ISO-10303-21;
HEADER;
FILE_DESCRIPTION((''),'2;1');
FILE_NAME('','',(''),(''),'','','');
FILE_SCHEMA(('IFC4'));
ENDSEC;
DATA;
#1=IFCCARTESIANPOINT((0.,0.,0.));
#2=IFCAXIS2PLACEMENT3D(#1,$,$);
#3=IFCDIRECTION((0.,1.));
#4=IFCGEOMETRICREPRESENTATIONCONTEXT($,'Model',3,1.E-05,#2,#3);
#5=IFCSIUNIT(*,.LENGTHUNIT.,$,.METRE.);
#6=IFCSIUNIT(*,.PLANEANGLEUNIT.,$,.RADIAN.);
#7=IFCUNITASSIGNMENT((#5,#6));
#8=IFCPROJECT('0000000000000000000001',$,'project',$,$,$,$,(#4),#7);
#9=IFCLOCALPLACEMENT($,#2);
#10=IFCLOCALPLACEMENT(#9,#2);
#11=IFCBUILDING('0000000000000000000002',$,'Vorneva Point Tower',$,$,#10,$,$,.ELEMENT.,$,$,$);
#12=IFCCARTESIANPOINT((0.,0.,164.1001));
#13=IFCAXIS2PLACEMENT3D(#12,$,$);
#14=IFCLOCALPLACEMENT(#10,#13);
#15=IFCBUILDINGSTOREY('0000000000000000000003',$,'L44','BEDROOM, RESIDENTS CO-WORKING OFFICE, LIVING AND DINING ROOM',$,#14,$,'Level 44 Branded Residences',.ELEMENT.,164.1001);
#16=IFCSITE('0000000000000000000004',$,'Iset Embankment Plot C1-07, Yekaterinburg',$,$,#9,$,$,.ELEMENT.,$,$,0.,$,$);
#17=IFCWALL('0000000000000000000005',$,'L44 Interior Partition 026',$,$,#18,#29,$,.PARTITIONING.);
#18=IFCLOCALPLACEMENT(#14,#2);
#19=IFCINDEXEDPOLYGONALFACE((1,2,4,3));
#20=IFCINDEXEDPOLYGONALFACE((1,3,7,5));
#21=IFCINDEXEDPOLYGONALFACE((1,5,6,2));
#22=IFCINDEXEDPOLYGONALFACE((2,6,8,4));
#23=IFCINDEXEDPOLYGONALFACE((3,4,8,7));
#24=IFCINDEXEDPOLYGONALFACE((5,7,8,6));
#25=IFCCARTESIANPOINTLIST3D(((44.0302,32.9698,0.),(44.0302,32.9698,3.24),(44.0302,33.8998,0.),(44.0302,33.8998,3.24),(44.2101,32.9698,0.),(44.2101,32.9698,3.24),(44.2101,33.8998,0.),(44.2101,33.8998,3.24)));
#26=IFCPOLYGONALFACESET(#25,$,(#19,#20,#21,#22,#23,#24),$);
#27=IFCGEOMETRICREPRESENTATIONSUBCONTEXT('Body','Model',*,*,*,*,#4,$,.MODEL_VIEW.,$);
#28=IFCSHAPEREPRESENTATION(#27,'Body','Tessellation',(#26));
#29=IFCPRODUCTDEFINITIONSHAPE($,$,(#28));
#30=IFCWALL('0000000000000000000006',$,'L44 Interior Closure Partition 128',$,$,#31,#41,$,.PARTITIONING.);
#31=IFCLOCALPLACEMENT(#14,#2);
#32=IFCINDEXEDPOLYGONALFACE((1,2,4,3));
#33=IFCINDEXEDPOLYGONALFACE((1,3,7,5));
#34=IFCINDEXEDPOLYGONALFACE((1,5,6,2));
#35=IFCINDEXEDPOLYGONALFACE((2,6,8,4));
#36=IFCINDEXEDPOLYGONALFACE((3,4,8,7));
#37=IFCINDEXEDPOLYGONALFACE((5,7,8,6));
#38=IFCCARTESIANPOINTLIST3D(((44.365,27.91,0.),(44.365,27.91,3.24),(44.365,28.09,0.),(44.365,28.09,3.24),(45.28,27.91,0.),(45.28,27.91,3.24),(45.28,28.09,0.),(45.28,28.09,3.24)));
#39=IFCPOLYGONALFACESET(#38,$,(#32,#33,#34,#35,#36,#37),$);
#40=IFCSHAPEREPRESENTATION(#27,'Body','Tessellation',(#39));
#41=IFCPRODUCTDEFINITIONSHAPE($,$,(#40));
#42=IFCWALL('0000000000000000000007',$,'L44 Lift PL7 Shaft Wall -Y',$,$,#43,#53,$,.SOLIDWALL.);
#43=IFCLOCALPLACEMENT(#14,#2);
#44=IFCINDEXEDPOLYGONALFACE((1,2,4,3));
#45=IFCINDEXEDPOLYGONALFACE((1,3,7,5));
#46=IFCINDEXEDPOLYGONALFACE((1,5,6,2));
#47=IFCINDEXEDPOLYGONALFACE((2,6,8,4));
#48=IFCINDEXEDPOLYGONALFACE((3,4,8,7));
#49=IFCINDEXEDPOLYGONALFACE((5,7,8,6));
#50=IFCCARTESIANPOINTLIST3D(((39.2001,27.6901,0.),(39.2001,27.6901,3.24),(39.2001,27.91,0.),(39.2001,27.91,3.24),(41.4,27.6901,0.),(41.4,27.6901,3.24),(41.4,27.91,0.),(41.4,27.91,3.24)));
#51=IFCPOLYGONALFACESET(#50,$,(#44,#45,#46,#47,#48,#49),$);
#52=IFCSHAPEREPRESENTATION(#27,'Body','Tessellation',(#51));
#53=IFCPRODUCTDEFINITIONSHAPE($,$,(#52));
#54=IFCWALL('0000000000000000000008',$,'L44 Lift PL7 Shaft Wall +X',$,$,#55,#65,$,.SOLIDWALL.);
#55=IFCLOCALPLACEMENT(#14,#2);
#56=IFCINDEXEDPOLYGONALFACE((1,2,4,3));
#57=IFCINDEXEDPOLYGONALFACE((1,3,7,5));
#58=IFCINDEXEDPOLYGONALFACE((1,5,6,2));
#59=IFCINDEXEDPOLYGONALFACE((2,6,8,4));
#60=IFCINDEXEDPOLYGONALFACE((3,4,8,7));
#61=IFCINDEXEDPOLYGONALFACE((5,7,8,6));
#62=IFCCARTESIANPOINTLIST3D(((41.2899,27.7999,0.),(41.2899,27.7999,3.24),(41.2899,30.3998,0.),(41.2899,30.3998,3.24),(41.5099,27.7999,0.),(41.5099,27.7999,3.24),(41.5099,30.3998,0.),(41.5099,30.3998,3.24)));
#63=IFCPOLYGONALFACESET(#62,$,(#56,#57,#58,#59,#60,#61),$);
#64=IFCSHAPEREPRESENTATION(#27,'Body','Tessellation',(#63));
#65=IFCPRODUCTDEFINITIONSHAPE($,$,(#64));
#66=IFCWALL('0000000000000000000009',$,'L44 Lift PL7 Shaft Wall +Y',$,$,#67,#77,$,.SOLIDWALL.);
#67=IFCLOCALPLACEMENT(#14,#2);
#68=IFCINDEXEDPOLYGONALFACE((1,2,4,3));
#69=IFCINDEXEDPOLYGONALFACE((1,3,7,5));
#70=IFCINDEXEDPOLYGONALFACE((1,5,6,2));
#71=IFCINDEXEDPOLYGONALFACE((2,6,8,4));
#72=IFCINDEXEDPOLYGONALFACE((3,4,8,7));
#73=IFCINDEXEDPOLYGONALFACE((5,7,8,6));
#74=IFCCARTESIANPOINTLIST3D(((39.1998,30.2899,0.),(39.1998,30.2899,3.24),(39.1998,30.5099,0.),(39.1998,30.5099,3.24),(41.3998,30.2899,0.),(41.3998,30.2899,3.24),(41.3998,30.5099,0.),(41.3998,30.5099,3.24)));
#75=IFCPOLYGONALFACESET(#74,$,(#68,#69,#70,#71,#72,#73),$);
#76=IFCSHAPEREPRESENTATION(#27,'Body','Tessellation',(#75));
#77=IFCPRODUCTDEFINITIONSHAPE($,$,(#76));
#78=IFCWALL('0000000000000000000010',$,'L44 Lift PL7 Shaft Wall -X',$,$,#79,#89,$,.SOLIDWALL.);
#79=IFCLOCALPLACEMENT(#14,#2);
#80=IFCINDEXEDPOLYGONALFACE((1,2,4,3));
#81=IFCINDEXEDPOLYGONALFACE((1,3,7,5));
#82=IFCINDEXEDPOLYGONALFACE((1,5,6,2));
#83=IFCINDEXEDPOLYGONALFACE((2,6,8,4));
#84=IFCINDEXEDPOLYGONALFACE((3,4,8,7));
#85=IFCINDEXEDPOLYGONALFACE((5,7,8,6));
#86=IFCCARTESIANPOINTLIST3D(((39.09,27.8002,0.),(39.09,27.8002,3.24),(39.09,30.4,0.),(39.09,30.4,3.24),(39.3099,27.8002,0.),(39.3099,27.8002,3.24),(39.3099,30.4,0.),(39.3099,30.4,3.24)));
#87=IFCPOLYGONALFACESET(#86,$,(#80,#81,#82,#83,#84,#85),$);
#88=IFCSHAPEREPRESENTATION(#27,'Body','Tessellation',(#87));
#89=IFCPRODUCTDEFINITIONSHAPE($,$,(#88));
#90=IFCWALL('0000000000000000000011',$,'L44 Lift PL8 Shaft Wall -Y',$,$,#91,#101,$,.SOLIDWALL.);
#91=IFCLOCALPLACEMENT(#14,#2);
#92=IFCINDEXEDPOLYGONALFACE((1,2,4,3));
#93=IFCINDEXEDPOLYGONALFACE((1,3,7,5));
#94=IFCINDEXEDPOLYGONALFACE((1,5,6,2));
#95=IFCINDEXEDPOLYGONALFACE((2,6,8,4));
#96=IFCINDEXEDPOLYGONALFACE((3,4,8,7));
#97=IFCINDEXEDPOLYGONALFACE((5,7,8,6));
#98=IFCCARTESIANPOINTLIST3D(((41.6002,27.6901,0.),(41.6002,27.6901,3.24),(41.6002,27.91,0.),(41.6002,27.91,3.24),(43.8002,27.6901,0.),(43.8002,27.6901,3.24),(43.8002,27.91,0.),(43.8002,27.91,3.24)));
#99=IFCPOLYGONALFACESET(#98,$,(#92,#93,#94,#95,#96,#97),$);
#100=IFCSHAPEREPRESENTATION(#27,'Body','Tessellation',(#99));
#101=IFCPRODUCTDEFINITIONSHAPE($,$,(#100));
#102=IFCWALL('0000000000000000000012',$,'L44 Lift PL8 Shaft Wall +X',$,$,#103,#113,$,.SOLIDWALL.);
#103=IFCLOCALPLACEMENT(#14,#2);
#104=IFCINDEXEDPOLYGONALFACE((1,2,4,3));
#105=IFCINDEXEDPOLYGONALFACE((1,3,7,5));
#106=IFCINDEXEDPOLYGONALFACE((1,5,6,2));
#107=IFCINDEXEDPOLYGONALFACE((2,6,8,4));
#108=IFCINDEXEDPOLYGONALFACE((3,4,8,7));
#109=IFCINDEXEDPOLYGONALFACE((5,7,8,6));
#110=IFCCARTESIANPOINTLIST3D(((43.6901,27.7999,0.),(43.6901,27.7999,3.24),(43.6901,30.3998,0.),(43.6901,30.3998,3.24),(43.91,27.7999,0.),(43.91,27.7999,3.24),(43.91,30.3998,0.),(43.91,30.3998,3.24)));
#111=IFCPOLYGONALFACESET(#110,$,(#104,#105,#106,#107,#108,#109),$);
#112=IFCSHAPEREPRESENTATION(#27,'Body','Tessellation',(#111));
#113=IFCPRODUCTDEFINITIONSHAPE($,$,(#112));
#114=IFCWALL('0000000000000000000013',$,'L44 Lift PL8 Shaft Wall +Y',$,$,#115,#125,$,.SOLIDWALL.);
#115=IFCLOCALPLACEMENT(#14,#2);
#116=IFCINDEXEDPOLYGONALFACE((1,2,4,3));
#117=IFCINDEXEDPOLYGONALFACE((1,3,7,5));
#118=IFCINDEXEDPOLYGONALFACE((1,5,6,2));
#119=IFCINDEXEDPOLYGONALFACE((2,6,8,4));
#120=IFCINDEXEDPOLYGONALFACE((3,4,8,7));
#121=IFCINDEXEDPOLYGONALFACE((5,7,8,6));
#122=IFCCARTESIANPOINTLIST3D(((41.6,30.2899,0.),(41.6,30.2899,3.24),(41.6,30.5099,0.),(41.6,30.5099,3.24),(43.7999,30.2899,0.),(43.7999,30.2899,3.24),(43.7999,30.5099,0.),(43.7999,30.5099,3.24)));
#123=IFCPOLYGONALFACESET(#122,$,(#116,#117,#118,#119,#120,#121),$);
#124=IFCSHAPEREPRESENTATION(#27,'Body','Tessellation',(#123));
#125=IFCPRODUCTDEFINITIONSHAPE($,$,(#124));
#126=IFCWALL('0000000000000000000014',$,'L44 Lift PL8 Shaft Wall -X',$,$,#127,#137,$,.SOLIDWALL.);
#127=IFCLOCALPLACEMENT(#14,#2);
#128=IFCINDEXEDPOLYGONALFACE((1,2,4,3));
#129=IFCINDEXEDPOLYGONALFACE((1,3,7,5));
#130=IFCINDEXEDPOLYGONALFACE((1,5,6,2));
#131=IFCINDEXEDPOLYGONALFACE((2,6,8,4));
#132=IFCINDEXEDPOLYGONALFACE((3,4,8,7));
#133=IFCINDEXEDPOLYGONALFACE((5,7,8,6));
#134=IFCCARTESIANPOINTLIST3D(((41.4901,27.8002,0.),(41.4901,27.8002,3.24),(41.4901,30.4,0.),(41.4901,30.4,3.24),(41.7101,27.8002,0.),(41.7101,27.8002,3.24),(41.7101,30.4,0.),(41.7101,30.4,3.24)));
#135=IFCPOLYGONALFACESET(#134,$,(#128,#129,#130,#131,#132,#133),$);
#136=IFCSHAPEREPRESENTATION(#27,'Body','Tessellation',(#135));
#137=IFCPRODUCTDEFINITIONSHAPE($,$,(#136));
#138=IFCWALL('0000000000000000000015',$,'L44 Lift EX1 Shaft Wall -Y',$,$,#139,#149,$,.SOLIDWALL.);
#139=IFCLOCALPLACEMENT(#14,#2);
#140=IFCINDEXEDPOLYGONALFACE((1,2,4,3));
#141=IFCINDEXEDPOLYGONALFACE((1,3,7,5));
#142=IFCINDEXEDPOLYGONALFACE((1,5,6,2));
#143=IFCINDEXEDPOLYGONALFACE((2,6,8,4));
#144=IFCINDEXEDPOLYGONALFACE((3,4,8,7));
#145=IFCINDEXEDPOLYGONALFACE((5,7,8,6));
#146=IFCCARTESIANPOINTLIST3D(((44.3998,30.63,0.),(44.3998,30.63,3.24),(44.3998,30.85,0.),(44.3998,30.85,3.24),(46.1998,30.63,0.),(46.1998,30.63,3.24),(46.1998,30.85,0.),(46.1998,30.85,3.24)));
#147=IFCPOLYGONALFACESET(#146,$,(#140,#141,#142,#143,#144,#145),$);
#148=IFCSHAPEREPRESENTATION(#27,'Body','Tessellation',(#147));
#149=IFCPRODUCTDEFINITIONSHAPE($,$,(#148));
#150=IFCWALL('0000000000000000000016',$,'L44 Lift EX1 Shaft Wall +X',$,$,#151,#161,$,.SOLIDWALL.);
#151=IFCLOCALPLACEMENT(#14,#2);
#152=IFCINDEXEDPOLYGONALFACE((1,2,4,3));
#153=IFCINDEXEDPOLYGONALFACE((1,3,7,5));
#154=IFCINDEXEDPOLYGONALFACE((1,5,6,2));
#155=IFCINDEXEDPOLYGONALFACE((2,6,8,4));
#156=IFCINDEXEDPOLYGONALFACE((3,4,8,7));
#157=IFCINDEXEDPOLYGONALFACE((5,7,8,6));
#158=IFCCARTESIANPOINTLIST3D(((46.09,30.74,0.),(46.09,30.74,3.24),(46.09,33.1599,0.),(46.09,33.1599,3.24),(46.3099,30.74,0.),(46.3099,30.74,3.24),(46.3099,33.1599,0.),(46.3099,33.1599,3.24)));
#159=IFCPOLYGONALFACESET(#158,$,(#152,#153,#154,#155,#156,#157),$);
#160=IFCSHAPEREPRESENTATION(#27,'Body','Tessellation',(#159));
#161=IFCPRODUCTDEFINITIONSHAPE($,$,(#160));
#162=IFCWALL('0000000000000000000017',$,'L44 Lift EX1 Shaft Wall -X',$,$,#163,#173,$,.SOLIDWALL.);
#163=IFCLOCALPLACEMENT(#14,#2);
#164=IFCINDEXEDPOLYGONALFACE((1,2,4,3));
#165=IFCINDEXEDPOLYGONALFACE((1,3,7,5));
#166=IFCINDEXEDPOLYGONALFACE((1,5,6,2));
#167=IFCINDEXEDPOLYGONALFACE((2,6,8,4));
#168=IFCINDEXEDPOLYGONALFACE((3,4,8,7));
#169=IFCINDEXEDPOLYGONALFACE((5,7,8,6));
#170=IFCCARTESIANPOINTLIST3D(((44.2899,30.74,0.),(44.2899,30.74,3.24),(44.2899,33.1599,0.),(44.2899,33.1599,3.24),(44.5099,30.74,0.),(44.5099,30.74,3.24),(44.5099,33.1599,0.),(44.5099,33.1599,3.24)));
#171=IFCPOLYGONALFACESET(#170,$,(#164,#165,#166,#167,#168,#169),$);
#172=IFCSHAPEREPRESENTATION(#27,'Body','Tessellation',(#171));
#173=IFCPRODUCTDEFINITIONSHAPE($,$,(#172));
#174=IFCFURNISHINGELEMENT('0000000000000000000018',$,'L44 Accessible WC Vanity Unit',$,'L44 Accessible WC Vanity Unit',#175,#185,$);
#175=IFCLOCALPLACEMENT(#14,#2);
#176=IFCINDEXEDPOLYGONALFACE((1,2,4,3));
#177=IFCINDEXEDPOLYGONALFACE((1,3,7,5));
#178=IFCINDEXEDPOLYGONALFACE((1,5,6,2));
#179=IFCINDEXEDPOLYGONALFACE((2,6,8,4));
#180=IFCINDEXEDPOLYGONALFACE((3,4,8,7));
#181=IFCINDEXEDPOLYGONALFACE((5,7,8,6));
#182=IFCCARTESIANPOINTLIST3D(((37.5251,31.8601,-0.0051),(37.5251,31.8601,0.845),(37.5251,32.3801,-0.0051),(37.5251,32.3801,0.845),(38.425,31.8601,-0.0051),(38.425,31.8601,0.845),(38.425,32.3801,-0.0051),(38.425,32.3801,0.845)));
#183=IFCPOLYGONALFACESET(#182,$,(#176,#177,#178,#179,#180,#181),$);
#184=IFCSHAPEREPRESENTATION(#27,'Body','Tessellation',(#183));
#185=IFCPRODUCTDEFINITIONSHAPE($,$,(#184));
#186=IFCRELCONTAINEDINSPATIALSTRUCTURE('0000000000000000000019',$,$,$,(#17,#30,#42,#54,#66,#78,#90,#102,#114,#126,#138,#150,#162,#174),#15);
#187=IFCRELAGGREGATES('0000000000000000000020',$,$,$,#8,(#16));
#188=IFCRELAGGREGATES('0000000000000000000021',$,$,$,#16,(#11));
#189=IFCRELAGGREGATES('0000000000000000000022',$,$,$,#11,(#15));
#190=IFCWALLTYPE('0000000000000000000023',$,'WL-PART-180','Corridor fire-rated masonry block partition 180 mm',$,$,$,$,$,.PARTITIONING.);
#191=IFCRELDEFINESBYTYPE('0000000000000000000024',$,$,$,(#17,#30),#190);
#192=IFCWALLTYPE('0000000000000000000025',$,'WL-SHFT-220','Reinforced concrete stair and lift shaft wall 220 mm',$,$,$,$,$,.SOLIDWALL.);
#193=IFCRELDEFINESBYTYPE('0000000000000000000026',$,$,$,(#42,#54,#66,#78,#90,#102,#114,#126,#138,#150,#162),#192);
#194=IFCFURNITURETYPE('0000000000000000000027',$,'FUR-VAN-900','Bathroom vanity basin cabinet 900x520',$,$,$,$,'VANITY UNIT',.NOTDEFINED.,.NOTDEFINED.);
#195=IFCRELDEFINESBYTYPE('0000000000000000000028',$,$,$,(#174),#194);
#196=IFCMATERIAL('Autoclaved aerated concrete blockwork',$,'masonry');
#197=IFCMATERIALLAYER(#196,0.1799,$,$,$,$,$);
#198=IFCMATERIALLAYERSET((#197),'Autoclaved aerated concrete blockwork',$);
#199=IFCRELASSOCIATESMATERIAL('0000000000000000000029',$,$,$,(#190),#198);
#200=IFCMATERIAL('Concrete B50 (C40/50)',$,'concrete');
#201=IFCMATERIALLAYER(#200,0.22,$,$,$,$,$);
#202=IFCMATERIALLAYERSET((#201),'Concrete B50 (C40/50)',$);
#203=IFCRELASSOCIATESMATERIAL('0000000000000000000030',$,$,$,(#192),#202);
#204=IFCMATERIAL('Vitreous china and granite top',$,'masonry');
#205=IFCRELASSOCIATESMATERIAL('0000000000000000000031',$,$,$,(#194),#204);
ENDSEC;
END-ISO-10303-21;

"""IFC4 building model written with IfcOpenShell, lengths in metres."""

from ifc_helpers import new_model, si_unit, direction, frame, frame_2d, origin, origin_2d, place, context, subcontext, project, spatial, rectangle, extrude, material, layer, layer_set, type_object, element, save


model = new_model("IFC4")

# Units and contexts
model_context = context("Model", 3, precision=1e-05, world=origin(), true_north=direction((0.0, 1.0)))
body_context = subcontext(model_context, "Body", "Model", "MODEL_VIEW")
ifc_project = project(units=[si_unit("LENGTHUNIT", "METRE"), si_unit("PLANEANGLEUNIT", "RADIAN")], contexts=[model_context])

# Site, building, storey
site_placement = place(None, origin())
site = spatial("IfcSite", under=ifc_project, at=site_placement, Name="Iset Embankment Plot C1-07, Yekaterinburg", CompositionType="ELEMENT", RefElevation=0.0)
building_placement = place(site_placement, origin())
building = spatial("IfcBuilding", under=site, at=building_placement, Name="Vorneva Point Tower", CompositionType="ELEMENT")
storey_placement = place(building_placement, frame((0.0, 0.0, 164.1001)))
storey = spatial("IfcBuildingStorey", under=building, at=storey_placement, Name="L44", Description="BEDROOM, RESIDENTS CO-WORKING OFFICE, LIVING AND DINING ROOM", LongName="Level 44 Branded Residences", CompositionType="ELEMENT", Elevation=164.1001)

# Shared definitions
ifc_material_1 = material(Name="Autoclaved aerated concrete blockwork", Category="masonry")
ifc_layer_1 = layer(ifc_material_1, 0.1799)
ifc_layer_set_1 = layer_set([ifc_layer_1], Name="Autoclaved aerated concrete blockwork")
wall_type_1 = type_object("IfcWallType", Name="WL-PART-180", Description="Corridor fire-rated masonry block partition 180 mm", PredefinedType="PARTITIONING", material=ifc_layer_set_1)

# Walls
wall_1_placement = place(storey_placement, frame((44.1201, 32.97, 0.0), z_axis=(0.0, 0.0, 1.0), x_axis=(0.0, 1.0, 0.0)))
element("IfcWall", 1, at=wall_1_placement, inside=storey, type_object=wall_type_1, Name="L44 Interior Partition 026", PredefinedType="PARTITIONING", context=body_context, shape_type="SweptSolid", body=[
    extrude(rectangle(XDim=0.9299, YDim=0.1799, at=frame_2d((0.4648, 0.0))), origin(), (0.0, 0.0, 1.0), 3.24),
])
wall_2_placement = place(storey_placement, frame((45.28, 28.0, 0.0), z_axis=(0.0, 0.0, 1.0), x_axis=(-1.0, 0.0, 0.0)))
element("IfcWall", 2, at=wall_2_placement, inside=storey, type_object=wall_type_1, Name="L44 Interior Closure Partition 128", PredefinedType="PARTITIONING", context=body_context, shape_type="SweptSolid", body=[
    extrude(rectangle(XDim=0.915, YDim=0.1799, at=frame_2d((0.4575, 0.0))), origin(), (0.0, 0.0, 1.0), 3.24),
])
ifc_material_2 = material(Name="Concrete B50 (C40/50)", Category="concrete")
ifc_layer_2 = layer(ifc_material_2, 0.22)
ifc_layer_set_2 = layer_set([ifc_layer_2], Name="Concrete B50 (C40/50)")
wall_type_2 = type_object("IfcWallType", Name="WL-SHFT-220", Description="Reinforced concrete stair and lift shaft wall 220 mm", PredefinedType="SOLIDWALL", material=ifc_layer_set_2)
wall_3_placement = place(storey_placement, frame((39.2, 27.8, 0.0), z_axis=(0.0, 0.0, 1.0), x_axis=(1.0, 0.0, 0.0)))
element("IfcWall", 3, at=wall_3_placement, inside=storey, type_object=wall_type_2, Name="L44 Lift PL7 Shaft Wall -Y", PredefinedType="SOLIDWALL", context=body_context, shape_type="SweptSolid", body=[
    extrude(rectangle(XDim=2.2, YDim=0.22, at=frame_2d((1.1001, 0.0))), origin(), (0.0, 0.0, 1.0), 3.24),
])
wall_4_placement = place(storey_placement, frame((41.3999, 27.8, 0.0), z_axis=(0.0, 0.0, 1.0), x_axis=(0.0, 1.0, 0.0)))
element("IfcWall", 4, at=wall_4_placement, inside=storey, type_object=wall_type_2, Name="L44 Lift PL7 Shaft Wall +X", PredefinedType="SOLIDWALL", context=body_context, shape_type="SweptSolid", body=[
    extrude(rectangle(XDim=2.5999, YDim=0.22, at=frame_2d((1.2998, 0.0))), origin(), (0.0, 0.0, 1.0), 3.24),
])
wall_5_placement = place(storey_placement, frame((41.3999, 30.3999, 0.0), z_axis=(0.0, 0.0, 1.0), x_axis=(-1.0, 0.0, 0.0)))
element("IfcWall", 5, at=wall_5_placement, inside=storey, type_object=wall_type_2, Name="L44 Lift PL7 Shaft Wall +Y", PredefinedType="SOLIDWALL", context=body_context, shape_type="SweptSolid", body=[
    extrude(rectangle(XDim=2.2, YDim=0.22, at=frame_2d((1.1001, 0.0))), origin(), (0.0, 0.0, 1.0), 3.24),
])
wall_6_placement = place(storey_placement, frame((39.2, 30.3999, 0.0), z_axis=(0.0, 0.0, 1.0), x_axis=(0.0, -1.0, 0.0)))
element("IfcWall", 6, at=wall_6_placement, inside=storey, type_object=wall_type_2, Name="L44 Lift PL7 Shaft Wall -X", PredefinedType="SOLIDWALL", context=body_context, shape_type="SweptSolid", body=[
    extrude(rectangle(XDim=2.5999, YDim=0.22, at=frame_2d((1.2998, 0.0))), origin(), (0.0, 0.0, 1.0), 3.24),
])
wall_7_placement = place(storey_placement, frame((41.6001, 27.8, 0.0), z_axis=(0.0, 0.0, 1.0), x_axis=(1.0, 0.0, 0.0)))
element("IfcWall", 7, at=wall_7_placement, inside=storey, type_object=wall_type_2, Name="L44 Lift PL8 Shaft Wall -Y", PredefinedType="SOLIDWALL", context=body_context, shape_type="SweptSolid", body=[
    extrude(rectangle(XDim=2.2, YDim=0.22, at=frame_2d((1.1001, 0.0))), origin(), (0.0, 0.0, 1.0), 3.24),
])
wall_8_placement = place(storey_placement, frame((43.8, 27.8, 0.0), z_axis=(0.0, 0.0, 1.0), x_axis=(0.0, 1.0, 0.0)))
element("IfcWall", 8, at=wall_8_placement, inside=storey, type_object=wall_type_2, Name="L44 Lift PL8 Shaft Wall +X", PredefinedType="SOLIDWALL", context=body_context, shape_type="SweptSolid", body=[
    extrude(rectangle(XDim=2.5999, YDim=0.22, at=frame_2d((1.2998, 0.0))), origin(), (0.0, 0.0, 1.0), 3.24),
])
wall_9_placement = place(storey_placement, frame((43.8, 30.3999, 0.0), z_axis=(0.0, 0.0, 1.0), x_axis=(-1.0, 0.0, 0.0)))
element("IfcWall", 9, at=wall_9_placement, inside=storey, type_object=wall_type_2, Name="L44 Lift PL8 Shaft Wall +Y", PredefinedType="SOLIDWALL", context=body_context, shape_type="SweptSolid", body=[
    extrude(rectangle(XDim=2.2, YDim=0.22, at=frame_2d((1.1001, 0.0))), origin(), (0.0, 0.0, 1.0), 3.24),
])
wall_10_placement = place(storey_placement, frame((41.6001, 30.3999, 0.0), z_axis=(0.0, 0.0, 1.0), x_axis=(0.0, -1.0, 0.0)))
element("IfcWall", 10, at=wall_10_placement, inside=storey, type_object=wall_type_2, Name="L44 Lift PL8 Shaft Wall -X", PredefinedType="SOLIDWALL", context=body_context, shape_type="SweptSolid", body=[
    extrude(rectangle(XDim=2.5999, YDim=0.22, at=frame_2d((1.2998, 0.0))), origin(), (0.0, 0.0, 1.0), 3.24),
])
wall_11_placement = place(storey_placement, frame((44.3999, 30.74, 0.0), z_axis=(0.0, 0.0, 1.0), x_axis=(1.0, 0.0, 0.0)))
element("IfcWall", 11, at=wall_11_placement, inside=storey, type_object=wall_type_2, Name="L44 Lift EX1 Shaft Wall -Y", PredefinedType="SOLIDWALL", context=body_context, shape_type="SweptSolid", body=[
    extrude(rectangle(XDim=1.8, YDim=0.22, at=frame_2d((0.8999, 0.0))), origin(), (0.0, 0.0, 1.0), 3.24),
])
for number, where, z_axis, x_axis, name in (
    (12, (46.2, 30.74, 0.0), (0.0, 0.0, 1.0), (0.0, 1.0, 0.0), "L44 Lift EX1 Shaft Wall +X"),
    (13, (44.3999, 33.1599, 0.0), (0.0, 0.0, 1.0), (0.0, -1.0, 0.0), "L44 Lift EX1 Shaft Wall -X"),
):
    element("IfcWall", number, at=place(storey_placement, frame(where, z_axis=z_axis, x_axis=x_axis)), inside=storey, type_object=wall_type_2, Name=name, PredefinedType="SOLIDWALL", context=body_context, shape_type="SweptSolid", body=[
        extrude(rectangle(XDim=2.4199, YDim=0.22, at=frame_2d((1.21, 0.0))), origin(), (0.0, 0.0, 1.0), 3.24),
    ])

# Furnishing element
ifc_material_3 = material(Name="Vitreous china and granite top", Category="masonry")
furniture_type = type_object("IfcFurnitureType", Name="FUR-VAN-900", Description="Bathroom vanity basin cabinet 900x520", ElementType="VANITY UNIT", AssemblyPlace="NOTDEFINED", PredefinedType="NOTDEFINED", material=ifc_material_3)
furnishing_placement = place(storey_placement, frame((37.9751, 32.1201, -0.0051), z_axis=(0.0, 0.0, 1.0), x_axis=(1.0, 0.0, 0.0)))
element("IfcFurnishingElement", 14, at=furnishing_placement, inside=storey, type_object=furniture_type, Name="L44 Accessible WC Vanity Unit", ObjectType="L44 Accessible WC Vanity Unit", context=body_context, shape_type="SweptSolid", body=[
    extrude(rectangle(XDim=0.8999, YDim=0.52, at=origin_2d()), origin(), (0.0, 0.0, 1.0), 0.8501),
])

save(model, "model.ifc")
